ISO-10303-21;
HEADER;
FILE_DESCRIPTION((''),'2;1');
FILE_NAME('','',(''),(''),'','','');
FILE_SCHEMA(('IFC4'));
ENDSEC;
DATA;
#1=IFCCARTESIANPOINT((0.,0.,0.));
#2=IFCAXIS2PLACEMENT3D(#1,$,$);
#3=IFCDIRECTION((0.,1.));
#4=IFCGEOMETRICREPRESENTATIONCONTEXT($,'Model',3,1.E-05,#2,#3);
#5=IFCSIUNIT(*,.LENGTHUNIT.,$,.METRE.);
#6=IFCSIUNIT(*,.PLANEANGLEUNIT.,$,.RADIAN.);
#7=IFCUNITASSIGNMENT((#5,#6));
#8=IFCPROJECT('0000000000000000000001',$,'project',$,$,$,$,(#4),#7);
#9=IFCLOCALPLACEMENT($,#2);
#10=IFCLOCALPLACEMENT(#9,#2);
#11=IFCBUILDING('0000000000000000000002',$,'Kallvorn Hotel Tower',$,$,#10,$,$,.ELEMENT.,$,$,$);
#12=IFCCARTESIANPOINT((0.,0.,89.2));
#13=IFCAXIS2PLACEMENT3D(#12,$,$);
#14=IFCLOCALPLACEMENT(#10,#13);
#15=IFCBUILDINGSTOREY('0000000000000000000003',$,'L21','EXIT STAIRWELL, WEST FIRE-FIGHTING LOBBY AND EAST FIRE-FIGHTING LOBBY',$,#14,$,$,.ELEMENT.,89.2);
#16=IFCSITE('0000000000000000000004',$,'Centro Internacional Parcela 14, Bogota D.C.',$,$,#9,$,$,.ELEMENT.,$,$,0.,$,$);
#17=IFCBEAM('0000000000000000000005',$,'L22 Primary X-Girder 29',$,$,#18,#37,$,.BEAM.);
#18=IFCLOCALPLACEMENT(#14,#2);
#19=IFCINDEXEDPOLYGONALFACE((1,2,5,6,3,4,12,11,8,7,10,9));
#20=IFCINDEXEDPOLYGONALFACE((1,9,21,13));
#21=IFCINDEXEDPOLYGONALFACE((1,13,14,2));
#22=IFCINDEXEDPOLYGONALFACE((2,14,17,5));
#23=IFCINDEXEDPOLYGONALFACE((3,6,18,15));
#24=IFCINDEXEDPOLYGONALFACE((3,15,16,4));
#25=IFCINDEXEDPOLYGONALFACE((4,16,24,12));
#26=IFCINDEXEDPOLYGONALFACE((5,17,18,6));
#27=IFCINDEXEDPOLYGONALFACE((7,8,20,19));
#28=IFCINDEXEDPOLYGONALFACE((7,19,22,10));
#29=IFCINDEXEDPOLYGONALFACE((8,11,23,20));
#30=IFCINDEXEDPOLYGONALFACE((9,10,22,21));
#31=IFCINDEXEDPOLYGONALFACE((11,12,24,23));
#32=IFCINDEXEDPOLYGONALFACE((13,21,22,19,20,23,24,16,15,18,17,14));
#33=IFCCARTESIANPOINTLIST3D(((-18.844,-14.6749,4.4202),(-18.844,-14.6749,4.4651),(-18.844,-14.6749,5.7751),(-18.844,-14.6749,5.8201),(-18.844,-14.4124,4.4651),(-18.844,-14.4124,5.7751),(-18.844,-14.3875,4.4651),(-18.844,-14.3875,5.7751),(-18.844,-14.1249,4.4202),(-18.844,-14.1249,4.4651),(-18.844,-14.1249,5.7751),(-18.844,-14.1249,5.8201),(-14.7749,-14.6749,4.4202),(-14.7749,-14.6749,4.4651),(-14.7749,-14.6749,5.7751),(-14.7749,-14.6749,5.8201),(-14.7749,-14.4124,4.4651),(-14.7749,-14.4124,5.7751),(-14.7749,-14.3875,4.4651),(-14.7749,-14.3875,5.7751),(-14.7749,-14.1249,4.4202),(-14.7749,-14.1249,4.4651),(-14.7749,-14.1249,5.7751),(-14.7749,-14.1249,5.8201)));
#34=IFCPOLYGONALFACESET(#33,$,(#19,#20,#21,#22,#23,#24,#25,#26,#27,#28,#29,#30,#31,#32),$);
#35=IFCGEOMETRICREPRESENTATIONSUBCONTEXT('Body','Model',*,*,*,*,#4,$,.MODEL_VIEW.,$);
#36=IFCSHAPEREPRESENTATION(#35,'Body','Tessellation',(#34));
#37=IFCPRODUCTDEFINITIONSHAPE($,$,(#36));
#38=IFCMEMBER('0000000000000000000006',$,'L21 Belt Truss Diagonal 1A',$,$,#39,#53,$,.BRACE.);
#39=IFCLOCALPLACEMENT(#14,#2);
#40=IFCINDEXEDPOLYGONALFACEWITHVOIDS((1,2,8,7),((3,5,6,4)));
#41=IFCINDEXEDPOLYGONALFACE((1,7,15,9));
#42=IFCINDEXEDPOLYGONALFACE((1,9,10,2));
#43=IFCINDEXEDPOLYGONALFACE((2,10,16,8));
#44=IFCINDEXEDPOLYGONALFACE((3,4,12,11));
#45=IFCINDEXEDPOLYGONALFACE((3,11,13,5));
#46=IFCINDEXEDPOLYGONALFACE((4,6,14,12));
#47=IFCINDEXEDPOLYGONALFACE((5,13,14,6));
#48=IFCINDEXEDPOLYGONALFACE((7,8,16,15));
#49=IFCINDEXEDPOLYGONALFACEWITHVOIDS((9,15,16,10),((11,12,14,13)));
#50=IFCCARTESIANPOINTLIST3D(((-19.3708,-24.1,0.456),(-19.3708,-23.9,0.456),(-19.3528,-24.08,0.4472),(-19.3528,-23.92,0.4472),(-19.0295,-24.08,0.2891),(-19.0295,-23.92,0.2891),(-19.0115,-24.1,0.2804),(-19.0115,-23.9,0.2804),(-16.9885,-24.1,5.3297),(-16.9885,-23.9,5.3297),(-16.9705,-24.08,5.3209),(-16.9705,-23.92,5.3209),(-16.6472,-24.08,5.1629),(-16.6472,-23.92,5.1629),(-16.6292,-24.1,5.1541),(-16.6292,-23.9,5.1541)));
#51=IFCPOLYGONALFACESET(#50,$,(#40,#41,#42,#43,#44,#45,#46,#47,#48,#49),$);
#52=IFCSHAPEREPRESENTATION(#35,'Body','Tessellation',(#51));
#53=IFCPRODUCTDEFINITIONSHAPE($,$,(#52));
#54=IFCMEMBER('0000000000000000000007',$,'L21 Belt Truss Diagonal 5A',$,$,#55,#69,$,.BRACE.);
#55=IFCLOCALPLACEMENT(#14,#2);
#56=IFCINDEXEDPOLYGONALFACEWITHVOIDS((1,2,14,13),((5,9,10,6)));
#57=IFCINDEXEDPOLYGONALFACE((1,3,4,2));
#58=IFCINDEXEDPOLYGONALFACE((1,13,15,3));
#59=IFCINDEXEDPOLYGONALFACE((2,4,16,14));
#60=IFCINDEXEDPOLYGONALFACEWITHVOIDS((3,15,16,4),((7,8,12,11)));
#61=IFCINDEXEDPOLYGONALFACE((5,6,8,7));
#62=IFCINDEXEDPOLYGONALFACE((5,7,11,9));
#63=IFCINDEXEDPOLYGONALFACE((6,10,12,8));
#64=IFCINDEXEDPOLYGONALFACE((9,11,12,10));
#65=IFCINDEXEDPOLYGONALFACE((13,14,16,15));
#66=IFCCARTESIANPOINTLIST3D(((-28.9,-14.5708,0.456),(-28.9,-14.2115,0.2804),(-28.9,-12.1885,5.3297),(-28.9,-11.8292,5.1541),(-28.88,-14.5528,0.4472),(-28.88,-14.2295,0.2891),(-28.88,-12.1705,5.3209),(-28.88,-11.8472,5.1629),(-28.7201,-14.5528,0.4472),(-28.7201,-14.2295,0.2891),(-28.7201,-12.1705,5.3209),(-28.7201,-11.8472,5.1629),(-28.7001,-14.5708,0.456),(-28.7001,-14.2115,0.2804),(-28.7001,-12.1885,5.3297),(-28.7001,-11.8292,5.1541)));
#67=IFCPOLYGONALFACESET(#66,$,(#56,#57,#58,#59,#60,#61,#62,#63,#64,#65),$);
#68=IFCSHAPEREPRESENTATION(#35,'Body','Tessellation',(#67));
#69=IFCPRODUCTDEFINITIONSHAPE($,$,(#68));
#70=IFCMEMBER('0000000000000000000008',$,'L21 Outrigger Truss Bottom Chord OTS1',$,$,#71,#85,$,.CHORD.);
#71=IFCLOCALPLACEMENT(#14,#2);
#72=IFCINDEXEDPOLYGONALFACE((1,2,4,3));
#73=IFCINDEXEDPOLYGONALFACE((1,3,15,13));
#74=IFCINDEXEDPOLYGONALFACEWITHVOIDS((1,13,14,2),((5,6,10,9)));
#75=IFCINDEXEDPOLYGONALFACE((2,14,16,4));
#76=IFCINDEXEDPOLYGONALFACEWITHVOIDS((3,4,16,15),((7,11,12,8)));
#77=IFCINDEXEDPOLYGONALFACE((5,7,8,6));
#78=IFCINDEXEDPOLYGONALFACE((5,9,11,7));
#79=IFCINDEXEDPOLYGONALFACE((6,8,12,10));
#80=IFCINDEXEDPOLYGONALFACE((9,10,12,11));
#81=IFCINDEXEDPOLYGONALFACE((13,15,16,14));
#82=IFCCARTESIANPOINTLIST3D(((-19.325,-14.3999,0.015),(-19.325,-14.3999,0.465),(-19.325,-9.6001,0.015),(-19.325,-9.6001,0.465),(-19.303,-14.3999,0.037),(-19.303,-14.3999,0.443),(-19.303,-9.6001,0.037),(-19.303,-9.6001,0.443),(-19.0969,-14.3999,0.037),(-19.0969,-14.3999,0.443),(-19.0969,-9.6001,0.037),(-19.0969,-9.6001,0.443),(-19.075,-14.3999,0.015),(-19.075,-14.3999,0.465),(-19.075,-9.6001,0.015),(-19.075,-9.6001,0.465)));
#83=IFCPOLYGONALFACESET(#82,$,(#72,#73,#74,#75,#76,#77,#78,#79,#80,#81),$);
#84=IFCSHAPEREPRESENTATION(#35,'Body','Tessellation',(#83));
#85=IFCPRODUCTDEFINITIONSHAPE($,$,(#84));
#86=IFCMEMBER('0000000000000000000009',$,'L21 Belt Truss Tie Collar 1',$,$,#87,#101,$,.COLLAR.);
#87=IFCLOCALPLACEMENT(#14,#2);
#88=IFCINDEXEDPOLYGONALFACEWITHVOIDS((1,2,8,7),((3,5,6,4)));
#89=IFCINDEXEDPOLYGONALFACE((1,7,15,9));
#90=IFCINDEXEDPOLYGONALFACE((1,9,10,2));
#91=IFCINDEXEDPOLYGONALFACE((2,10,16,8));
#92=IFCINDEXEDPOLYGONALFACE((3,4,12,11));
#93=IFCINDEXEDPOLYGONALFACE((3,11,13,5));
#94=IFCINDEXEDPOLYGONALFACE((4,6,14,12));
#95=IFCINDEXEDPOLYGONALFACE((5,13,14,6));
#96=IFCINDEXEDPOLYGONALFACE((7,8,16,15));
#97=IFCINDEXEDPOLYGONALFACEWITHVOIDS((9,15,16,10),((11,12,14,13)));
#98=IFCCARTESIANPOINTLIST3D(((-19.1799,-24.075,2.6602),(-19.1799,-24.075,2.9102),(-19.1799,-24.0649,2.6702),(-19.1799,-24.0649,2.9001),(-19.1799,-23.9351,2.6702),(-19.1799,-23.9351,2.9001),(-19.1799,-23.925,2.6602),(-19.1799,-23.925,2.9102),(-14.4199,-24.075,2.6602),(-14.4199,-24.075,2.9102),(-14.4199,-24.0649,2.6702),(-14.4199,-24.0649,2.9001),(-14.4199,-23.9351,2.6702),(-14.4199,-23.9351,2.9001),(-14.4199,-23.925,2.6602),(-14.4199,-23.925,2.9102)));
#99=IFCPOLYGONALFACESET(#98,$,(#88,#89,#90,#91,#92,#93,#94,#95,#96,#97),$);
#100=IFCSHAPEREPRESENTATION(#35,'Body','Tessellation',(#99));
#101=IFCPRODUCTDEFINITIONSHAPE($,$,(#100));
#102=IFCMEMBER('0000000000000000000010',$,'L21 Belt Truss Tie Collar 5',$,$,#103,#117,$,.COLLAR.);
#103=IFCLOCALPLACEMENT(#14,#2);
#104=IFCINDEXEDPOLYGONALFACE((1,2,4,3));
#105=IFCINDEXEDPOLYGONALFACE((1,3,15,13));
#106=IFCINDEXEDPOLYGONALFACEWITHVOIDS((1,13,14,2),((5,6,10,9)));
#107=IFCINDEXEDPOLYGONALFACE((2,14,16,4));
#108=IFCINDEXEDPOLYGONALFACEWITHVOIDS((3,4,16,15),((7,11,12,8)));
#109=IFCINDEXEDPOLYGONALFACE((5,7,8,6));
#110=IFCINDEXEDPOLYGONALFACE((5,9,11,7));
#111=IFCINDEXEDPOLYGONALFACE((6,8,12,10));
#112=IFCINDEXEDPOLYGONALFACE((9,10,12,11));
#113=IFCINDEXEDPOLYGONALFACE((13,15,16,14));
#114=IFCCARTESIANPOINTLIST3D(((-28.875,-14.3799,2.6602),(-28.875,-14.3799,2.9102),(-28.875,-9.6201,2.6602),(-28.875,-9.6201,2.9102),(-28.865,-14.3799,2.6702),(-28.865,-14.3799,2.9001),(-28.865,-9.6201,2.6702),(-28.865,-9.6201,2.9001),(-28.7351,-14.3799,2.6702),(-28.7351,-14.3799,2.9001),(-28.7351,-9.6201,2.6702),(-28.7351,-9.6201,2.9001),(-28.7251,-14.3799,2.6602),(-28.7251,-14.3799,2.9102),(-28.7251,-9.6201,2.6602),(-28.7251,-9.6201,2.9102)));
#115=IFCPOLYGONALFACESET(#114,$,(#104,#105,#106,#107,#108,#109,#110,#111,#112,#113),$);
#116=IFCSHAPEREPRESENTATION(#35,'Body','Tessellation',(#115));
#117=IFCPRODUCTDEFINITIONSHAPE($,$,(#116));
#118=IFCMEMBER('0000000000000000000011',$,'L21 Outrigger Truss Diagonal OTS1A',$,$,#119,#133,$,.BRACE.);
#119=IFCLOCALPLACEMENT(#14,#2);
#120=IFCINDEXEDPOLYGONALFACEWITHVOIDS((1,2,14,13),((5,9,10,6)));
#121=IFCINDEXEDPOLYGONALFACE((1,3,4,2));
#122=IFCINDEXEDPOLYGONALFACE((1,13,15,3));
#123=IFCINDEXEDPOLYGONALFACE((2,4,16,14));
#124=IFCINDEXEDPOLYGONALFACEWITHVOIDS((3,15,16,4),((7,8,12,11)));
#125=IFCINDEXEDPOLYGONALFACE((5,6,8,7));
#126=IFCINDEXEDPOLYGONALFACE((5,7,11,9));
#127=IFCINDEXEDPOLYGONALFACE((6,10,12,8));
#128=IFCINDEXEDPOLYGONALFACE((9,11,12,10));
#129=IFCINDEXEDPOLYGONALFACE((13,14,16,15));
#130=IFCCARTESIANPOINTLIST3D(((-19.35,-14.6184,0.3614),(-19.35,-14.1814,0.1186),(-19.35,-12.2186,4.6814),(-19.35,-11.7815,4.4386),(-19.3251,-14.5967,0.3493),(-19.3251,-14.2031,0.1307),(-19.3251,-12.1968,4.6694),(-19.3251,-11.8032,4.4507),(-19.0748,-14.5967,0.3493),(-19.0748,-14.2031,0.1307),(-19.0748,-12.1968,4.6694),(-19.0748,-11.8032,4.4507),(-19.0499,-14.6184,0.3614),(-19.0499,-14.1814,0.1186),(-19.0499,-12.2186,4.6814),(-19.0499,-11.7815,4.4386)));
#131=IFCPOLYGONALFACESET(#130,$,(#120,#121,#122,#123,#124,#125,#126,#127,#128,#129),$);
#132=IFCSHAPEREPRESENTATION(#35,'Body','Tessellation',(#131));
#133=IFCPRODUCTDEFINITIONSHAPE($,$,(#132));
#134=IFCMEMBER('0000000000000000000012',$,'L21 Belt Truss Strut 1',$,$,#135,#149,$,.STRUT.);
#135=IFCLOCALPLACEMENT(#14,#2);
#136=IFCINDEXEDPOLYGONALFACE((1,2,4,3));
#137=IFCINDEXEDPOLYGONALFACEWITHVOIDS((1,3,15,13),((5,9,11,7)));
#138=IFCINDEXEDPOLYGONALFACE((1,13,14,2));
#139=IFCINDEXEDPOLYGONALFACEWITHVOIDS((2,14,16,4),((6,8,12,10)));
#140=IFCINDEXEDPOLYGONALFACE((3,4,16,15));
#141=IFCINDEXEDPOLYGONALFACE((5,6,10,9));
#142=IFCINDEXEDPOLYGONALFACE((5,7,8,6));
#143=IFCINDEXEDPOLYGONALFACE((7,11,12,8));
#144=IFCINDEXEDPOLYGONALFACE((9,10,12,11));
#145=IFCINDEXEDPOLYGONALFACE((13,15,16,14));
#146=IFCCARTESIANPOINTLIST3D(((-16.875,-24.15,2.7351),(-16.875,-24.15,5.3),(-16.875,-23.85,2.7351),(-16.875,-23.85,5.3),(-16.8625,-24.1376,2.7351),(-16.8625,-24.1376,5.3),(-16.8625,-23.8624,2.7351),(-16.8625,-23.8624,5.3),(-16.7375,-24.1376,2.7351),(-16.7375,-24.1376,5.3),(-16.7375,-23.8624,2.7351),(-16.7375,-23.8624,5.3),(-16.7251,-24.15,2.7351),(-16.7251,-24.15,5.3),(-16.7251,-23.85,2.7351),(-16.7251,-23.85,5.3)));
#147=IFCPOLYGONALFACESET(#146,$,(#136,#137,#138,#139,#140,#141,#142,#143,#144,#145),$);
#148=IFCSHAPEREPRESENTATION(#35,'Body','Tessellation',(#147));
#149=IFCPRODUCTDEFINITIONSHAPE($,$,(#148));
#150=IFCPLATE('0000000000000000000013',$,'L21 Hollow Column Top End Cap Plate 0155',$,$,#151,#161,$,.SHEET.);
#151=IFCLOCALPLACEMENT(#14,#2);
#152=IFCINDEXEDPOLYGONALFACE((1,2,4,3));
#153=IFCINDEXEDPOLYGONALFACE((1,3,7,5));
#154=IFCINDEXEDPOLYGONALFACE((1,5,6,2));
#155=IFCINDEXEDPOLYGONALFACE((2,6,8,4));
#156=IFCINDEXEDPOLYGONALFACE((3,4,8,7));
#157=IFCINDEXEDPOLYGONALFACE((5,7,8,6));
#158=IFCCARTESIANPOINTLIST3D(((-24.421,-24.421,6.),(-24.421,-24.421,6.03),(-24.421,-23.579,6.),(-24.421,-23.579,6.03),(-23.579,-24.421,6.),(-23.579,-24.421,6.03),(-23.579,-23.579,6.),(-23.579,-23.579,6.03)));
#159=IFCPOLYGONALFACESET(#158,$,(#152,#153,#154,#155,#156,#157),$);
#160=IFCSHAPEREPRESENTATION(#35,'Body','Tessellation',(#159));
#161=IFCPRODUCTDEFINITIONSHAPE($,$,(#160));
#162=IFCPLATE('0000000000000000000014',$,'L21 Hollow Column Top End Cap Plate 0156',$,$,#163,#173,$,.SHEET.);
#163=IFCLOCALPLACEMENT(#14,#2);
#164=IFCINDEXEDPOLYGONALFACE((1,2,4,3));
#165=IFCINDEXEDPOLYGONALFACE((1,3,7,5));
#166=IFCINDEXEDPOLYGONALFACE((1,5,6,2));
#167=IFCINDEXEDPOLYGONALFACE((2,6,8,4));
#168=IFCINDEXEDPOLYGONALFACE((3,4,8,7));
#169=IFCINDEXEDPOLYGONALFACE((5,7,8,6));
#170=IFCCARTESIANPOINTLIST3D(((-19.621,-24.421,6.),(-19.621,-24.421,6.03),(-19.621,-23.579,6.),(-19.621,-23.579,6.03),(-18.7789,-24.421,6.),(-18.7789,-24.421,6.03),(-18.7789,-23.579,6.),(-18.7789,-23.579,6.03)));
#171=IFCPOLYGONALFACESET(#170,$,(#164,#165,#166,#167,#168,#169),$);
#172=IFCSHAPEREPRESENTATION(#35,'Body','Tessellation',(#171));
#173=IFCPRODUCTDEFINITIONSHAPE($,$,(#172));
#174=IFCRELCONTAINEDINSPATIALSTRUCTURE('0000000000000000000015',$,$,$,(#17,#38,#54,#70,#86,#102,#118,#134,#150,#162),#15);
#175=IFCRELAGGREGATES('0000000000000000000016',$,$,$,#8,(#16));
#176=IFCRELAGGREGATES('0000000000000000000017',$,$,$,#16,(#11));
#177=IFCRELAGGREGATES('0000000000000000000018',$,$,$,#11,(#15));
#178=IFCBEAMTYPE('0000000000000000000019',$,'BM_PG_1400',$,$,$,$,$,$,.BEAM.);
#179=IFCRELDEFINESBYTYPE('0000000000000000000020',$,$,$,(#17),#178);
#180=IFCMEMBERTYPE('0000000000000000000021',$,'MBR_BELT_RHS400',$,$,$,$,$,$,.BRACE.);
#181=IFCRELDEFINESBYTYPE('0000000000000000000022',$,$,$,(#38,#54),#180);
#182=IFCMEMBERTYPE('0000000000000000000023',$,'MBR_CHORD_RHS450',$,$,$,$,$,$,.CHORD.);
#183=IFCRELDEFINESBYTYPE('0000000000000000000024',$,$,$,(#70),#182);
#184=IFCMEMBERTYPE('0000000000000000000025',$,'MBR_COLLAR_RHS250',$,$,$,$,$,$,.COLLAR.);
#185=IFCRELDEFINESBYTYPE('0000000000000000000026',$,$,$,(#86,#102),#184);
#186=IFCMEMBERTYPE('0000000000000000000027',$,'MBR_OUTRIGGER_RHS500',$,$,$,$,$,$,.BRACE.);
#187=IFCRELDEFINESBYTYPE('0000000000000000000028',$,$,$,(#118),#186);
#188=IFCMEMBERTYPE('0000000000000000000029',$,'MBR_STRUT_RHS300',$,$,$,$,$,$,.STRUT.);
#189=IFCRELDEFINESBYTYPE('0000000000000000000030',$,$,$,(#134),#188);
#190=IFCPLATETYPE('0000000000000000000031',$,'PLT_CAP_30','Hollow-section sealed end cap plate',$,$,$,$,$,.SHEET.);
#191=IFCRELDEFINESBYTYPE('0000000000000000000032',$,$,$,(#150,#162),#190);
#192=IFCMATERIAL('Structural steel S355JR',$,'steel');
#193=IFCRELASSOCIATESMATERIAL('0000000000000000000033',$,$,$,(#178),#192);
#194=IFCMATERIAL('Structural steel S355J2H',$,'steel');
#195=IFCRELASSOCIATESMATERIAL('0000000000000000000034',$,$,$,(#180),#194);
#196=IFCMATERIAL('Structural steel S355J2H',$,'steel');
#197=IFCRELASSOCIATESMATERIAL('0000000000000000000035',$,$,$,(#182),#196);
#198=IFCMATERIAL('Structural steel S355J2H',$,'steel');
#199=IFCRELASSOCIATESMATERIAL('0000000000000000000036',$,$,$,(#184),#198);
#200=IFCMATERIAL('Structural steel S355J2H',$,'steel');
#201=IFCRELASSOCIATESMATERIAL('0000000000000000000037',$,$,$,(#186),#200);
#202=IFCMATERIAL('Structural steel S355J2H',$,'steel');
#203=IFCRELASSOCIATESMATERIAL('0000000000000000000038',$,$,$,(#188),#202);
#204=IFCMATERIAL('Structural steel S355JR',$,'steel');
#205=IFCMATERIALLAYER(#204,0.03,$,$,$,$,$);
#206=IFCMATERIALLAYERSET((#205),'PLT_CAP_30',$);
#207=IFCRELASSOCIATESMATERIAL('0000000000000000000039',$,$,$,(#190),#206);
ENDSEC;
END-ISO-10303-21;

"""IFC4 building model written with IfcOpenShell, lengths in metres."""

from ifc_helpers import new_model, si_unit, direction, frame, origin, origin_2d, place, context, subcontext, project, spatial, rectangle, hollow_rectangle, i_section, extrude, material, layer, layer_set, material_profile, profile_set, type_object, element, save


model = new_model("IFC4")

# Units and contexts
model_context = context("Model", 3, precision=1e-05, world=origin(), true_north=direction((0.0, 1.0)))
body_context = subcontext(model_context, "Body", "Model", "MODEL_VIEW")
ifc_project = project(units=[si_unit("LENGTHUNIT", "METRE"), si_unit("PLANEANGLEUNIT", "RADIAN")], contexts=[model_context])

# Site, building, storey
site_placement = place(None, origin())
site = spatial("IfcSite", under=ifc_project, at=site_placement, Name="Centro Internacional Parcela 14, Bogota D.C.", CompositionType="ELEMENT", RefElevation=0.0)
building_placement = place(site_placement, origin())
building = spatial("IfcBuilding", under=site, at=building_placement, Name="Kallvorn Hotel Tower", CompositionType="ELEMENT")
storey_placement = place(building_placement, frame((0.0, 0.0, 89.2)))
storey = spatial("IfcBuildingStorey", under=building, at=storey_placement, Name="L21", Description="EXIT STAIRWELL, WEST FIRE-FIGHTING LOBBY AND EAST FIRE-FIGHTING LOBBY", CompositionType="ELEMENT", Elevation=89.2)

# Beam
ifc_material_1 = material(Name="Structural steel S355JR", Category="steel")
ifc_material_profile_1 = material_profile(ifc_material_1, i_section(OverallWidth=0.55, OverallDepth=1.3999, WebThickness=0.0249, FlangeThickness=0.0449, at=origin_2d()), Name="PG 1400x550x25x45")
ifc_profile_set_1 = profile_set([ifc_material_profile_1], Name="Structural steel S355JR")
beam_type_1 = type_object("IfcBeamType", Name="BM_PG_1400", PredefinedType="BEAM", material=ifc_profile_set_1)
for number, where, z_axis, x_axis, name in (
    (1, (-18.844, -14.3999, 5.1201), (1.0, 0.0, 0.0), (0.0, 1.0, 0.0), "L22 Primary X-Girder 29"),
):
    element("IfcBeam", number, at=place(storey_placement, frame(where, z_axis=z_axis, x_axis=x_axis)), inside=storey, type_object=beam_type_1, Name=name, PredefinedType="BEAM", context=body_context, shape_type="SweptSolid", body=[
        extrude(i_section(OverallWidth=0.55, OverallDepth=1.3999, WebThickness=0.0249, FlangeThickness=0.0449, at=origin_2d()), origin(), (0.0, 0.0, 1.0), 4.0691),
    ])

# Members
ifc_material_2 = material(Name="Structural steel S355J2H", Category="steel")
ifc_material_profile_2 = material_profile(ifc_material_2, hollow_rectangle(XDim=0.2, YDim=0.3999, WallThickness=0.02, at=origin_2d()), Name="RHS 400x200x20")
ifc_profile_set_2 = profile_set([ifc_material_profile_2], Name="Structural steel S355J2H")
member_type_1 = type_object("IfcMemberType", Name="MBR_BELT_RHS400", PredefinedType="BRACE", material=ifc_profile_set_2)
for number, where, z_axis, x_axis, name in (
    (2, (-19.1912, -24.0, 0.3682), (0.439149, 0.0, 0.898414), (0.0, 1.0, 0.0), "L21 Belt Truss Diagonal 1A"),
    (3, (-28.8, -14.3911, 0.3682), (0.0, 0.439149, 0.898414), (-1.0, 0.0, 0.0), "L21 Belt Truss Diagonal 5A"),
):
    element("IfcMember", number, at=place(storey_placement, frame(where, z_axis=z_axis, x_axis=x_axis)), inside=storey, type_object=member_type_1, Name=name, PredefinedType="BRACE", context=body_context, shape_type="SweptSolid", body=[
        extrude(hollow_rectangle(XDim=0.2, YDim=0.3999, WallThickness=0.02, at=origin_2d()), origin(), (0.0, 0.0, 1.0), 5.4248),
    ])
ifc_material_3 = material(Name="Structural steel S355J2H", Category="steel")
ifc_material_profile_3 = material_profile(ifc_material_3, hollow_rectangle(XDim=0.25, YDim=0.45, WallThickness=0.022, at=origin_2d()), Name="RHS 450x250x22")
ifc_profile_set_3 = profile_set([ifc_material_profile_3], Name="Structural steel S355J2H")
member_type_2 = type_object("IfcMemberType", Name="MBR_CHORD_RHS450", PredefinedType="CHORD", material=ifc_profile_set_3)
member_1_placement = place(storey_placement, frame((-19.2, -14.3999, 0.24), z_axis=(0.0, 1.0, 0.0), x_axis=(-1.0, 0.0, 0.0)))
element("IfcMember", 4, at=member_1_placement, inside=storey, type_object=member_type_2, Name="L21 Outrigger Truss Bottom Chord OTS1", PredefinedType="CHORD", context=body_context, shape_type="SweptSolid", body=[
    extrude(hollow_rectangle(XDim=0.25, YDim=0.45, WallThickness=0.022, at=origin_2d()), origin(), (0.0, 0.0, 1.0), 4.7998),
])
ifc_material_4 = material(Name="Structural steel S355J2H", Category="steel")
ifc_material_profile_4 = material_profile(ifc_material_4, hollow_rectangle(XDim=0.1499, YDim=0.25, WallThickness=0.01, at=origin_2d()), Name="RHS 250x150x10")
ifc_profile_set_4 = profile_set([ifc_material_profile_4], Name="Structural steel S355J2H")
member_type_3 = type_object("IfcMemberType", Name="MBR_COLLAR_RHS250", PredefinedType="COLLAR", material=ifc_profile_set_4)
member_2_placement = place(storey_placement, frame((-19.1799, -24.0, 2.7852), z_axis=(1.0, 0.0, 0.0), x_axis=(0.0, 1.0, 0.0)))
element("IfcMember", 5, at=member_2_placement, inside=storey, type_object=member_type_3, Name="L21 Belt Truss Tie Collar 1", PredefinedType="COLLAR", context=body_context, shape_type="SweptSolid", body=[
    extrude(hollow_rectangle(XDim=0.1499, YDim=0.25, WallThickness=0.01, at=origin_2d()), origin(), (0.0, 0.0, 1.0), 4.76),
])
member_3_placement = place(storey_placement, frame((-28.8, -14.3799, 2.7852), z_axis=(0.0, 1.0, 0.0), x_axis=(-1.0, 0.0, 0.0)))
element("IfcMember", 6, at=member_3_placement, inside=storey, type_object=member_type_3, Name="L21 Belt Truss Tie Collar 5", PredefinedType="COLLAR", context=body_context, shape_type="SweptSolid", body=[
    extrude(hollow_rectangle(XDim=0.1499, YDim=0.25, WallThickness=0.01, at=origin_2d()), origin(), (0.0, 0.0, 1.0), 4.7598),
])
ifc_material_5 = material(Name="Structural steel S355J2H", Category="steel")
ifc_material_profile_5 = material_profile(ifc_material_5, hollow_rectangle(XDim=0.3, YDim=0.5, WallThickness=0.0249, at=origin_2d()), Name="RHS 500x300x25")
ifc_profile_set_5 = profile_set([ifc_material_profile_5], Name="Structural steel S355J2H")
member_type_4 = type_object("IfcMemberType", Name="MBR_OUTRIGGER_RHS500", PredefinedType="BRACE", material=ifc_profile_set_5)
member_4_placement = place(storey_placement, frame((-19.2, -14.3999, 0.24), z_axis=(0.0, 0.485622, 0.874169), x_axis=(-1.0, 0.0, 0.0)))
element("IfcMember", 7, at=member_4_placement, inside=storey, type_object=member_type_4, Name="L21 Outrigger Truss Diagonal OTS1A", PredefinedType="BRACE", context=body_context, shape_type="SweptSolid", body=[
    extrude(hollow_rectangle(XDim=0.3, YDim=0.5, WallThickness=0.0249, at=origin_2d()), origin(), (0.0, 0.0, 1.0), 4.9419),
])
ifc_material_6 = material(Name="Structural steel S355J2H", Category="steel")
ifc_material_profile_6 = material_profile(ifc_material_6, hollow_rectangle(XDim=0.1499, YDim=0.3, WallThickness=0.0125, at=origin_2d()), Name="RHS 300x150x12.5")
ifc_profile_set_6 = profile_set([ifc_material_profile_6], Name="Structural steel S355J2H")
member_type_5 = type_object("IfcMemberType", Name="MBR_STRUT_RHS300", PredefinedType="STRUT", material=ifc_profile_set_6)
member_5_placement = place(storey_placement, frame((-16.8, -24.0, 2.7351), z_axis=(0.0, 0.0, 1.0), x_axis=(1.0, 0.0, 0.0)))
element("IfcMember", 8, at=member_5_placement, inside=storey, type_object=member_type_5, Name="L21 Belt Truss Strut 1", PredefinedType="STRUT", context=body_context, shape_type="SweptSolid", body=[
    extrude(hollow_rectangle(XDim=0.1499, YDim=0.3, WallThickness=0.0125, at=origin_2d()), origin(), (0.0, 0.0, 1.0), 2.5649),
])

# Plates
ifc_material_7 = material(Name="Structural steel S355JR", Category="steel")
ifc_layer_1 = layer(ifc_material_7, 0.03)
ifc_layer_set_1 = layer_set([ifc_layer_1], Name="PLT_CAP_30")
plate_type_1 = type_object("IfcPlateType", Name="PLT_CAP_30", Description="Hollow-section sealed end cap plate", PredefinedType="SHEET", material=ifc_layer_set_1)
for number, where, z_axis, x_axis, name in (
    (9, (-24.0, -24.0, 6.0), (0.0, 0.0, 1.0), (1.0, 0.0, 0.0), "L21 Hollow Column Top End Cap Plate 0155"),
    (10, (-19.2, -24.0, 6.0), (0.0, 0.0, 1.0), (1.0, 0.0, 0.0), "L21 Hollow Column Top End Cap Plate 0156"),
):
    element("IfcPlate", number, at=place(storey_placement, frame(where, z_axis=z_axis, x_axis=x_axis)), inside=storey, type_object=plate_type_1, Name=name, PredefinedType="SHEET", context=body_context, shape_type="SweptSolid", body=[
        extrude(rectangle(XDim=0.842, YDim=0.842, at=origin_2d()), origin(), (0.0, 0.0, 1.0), 0.03),
    ])

save(model, "model.ifc")
